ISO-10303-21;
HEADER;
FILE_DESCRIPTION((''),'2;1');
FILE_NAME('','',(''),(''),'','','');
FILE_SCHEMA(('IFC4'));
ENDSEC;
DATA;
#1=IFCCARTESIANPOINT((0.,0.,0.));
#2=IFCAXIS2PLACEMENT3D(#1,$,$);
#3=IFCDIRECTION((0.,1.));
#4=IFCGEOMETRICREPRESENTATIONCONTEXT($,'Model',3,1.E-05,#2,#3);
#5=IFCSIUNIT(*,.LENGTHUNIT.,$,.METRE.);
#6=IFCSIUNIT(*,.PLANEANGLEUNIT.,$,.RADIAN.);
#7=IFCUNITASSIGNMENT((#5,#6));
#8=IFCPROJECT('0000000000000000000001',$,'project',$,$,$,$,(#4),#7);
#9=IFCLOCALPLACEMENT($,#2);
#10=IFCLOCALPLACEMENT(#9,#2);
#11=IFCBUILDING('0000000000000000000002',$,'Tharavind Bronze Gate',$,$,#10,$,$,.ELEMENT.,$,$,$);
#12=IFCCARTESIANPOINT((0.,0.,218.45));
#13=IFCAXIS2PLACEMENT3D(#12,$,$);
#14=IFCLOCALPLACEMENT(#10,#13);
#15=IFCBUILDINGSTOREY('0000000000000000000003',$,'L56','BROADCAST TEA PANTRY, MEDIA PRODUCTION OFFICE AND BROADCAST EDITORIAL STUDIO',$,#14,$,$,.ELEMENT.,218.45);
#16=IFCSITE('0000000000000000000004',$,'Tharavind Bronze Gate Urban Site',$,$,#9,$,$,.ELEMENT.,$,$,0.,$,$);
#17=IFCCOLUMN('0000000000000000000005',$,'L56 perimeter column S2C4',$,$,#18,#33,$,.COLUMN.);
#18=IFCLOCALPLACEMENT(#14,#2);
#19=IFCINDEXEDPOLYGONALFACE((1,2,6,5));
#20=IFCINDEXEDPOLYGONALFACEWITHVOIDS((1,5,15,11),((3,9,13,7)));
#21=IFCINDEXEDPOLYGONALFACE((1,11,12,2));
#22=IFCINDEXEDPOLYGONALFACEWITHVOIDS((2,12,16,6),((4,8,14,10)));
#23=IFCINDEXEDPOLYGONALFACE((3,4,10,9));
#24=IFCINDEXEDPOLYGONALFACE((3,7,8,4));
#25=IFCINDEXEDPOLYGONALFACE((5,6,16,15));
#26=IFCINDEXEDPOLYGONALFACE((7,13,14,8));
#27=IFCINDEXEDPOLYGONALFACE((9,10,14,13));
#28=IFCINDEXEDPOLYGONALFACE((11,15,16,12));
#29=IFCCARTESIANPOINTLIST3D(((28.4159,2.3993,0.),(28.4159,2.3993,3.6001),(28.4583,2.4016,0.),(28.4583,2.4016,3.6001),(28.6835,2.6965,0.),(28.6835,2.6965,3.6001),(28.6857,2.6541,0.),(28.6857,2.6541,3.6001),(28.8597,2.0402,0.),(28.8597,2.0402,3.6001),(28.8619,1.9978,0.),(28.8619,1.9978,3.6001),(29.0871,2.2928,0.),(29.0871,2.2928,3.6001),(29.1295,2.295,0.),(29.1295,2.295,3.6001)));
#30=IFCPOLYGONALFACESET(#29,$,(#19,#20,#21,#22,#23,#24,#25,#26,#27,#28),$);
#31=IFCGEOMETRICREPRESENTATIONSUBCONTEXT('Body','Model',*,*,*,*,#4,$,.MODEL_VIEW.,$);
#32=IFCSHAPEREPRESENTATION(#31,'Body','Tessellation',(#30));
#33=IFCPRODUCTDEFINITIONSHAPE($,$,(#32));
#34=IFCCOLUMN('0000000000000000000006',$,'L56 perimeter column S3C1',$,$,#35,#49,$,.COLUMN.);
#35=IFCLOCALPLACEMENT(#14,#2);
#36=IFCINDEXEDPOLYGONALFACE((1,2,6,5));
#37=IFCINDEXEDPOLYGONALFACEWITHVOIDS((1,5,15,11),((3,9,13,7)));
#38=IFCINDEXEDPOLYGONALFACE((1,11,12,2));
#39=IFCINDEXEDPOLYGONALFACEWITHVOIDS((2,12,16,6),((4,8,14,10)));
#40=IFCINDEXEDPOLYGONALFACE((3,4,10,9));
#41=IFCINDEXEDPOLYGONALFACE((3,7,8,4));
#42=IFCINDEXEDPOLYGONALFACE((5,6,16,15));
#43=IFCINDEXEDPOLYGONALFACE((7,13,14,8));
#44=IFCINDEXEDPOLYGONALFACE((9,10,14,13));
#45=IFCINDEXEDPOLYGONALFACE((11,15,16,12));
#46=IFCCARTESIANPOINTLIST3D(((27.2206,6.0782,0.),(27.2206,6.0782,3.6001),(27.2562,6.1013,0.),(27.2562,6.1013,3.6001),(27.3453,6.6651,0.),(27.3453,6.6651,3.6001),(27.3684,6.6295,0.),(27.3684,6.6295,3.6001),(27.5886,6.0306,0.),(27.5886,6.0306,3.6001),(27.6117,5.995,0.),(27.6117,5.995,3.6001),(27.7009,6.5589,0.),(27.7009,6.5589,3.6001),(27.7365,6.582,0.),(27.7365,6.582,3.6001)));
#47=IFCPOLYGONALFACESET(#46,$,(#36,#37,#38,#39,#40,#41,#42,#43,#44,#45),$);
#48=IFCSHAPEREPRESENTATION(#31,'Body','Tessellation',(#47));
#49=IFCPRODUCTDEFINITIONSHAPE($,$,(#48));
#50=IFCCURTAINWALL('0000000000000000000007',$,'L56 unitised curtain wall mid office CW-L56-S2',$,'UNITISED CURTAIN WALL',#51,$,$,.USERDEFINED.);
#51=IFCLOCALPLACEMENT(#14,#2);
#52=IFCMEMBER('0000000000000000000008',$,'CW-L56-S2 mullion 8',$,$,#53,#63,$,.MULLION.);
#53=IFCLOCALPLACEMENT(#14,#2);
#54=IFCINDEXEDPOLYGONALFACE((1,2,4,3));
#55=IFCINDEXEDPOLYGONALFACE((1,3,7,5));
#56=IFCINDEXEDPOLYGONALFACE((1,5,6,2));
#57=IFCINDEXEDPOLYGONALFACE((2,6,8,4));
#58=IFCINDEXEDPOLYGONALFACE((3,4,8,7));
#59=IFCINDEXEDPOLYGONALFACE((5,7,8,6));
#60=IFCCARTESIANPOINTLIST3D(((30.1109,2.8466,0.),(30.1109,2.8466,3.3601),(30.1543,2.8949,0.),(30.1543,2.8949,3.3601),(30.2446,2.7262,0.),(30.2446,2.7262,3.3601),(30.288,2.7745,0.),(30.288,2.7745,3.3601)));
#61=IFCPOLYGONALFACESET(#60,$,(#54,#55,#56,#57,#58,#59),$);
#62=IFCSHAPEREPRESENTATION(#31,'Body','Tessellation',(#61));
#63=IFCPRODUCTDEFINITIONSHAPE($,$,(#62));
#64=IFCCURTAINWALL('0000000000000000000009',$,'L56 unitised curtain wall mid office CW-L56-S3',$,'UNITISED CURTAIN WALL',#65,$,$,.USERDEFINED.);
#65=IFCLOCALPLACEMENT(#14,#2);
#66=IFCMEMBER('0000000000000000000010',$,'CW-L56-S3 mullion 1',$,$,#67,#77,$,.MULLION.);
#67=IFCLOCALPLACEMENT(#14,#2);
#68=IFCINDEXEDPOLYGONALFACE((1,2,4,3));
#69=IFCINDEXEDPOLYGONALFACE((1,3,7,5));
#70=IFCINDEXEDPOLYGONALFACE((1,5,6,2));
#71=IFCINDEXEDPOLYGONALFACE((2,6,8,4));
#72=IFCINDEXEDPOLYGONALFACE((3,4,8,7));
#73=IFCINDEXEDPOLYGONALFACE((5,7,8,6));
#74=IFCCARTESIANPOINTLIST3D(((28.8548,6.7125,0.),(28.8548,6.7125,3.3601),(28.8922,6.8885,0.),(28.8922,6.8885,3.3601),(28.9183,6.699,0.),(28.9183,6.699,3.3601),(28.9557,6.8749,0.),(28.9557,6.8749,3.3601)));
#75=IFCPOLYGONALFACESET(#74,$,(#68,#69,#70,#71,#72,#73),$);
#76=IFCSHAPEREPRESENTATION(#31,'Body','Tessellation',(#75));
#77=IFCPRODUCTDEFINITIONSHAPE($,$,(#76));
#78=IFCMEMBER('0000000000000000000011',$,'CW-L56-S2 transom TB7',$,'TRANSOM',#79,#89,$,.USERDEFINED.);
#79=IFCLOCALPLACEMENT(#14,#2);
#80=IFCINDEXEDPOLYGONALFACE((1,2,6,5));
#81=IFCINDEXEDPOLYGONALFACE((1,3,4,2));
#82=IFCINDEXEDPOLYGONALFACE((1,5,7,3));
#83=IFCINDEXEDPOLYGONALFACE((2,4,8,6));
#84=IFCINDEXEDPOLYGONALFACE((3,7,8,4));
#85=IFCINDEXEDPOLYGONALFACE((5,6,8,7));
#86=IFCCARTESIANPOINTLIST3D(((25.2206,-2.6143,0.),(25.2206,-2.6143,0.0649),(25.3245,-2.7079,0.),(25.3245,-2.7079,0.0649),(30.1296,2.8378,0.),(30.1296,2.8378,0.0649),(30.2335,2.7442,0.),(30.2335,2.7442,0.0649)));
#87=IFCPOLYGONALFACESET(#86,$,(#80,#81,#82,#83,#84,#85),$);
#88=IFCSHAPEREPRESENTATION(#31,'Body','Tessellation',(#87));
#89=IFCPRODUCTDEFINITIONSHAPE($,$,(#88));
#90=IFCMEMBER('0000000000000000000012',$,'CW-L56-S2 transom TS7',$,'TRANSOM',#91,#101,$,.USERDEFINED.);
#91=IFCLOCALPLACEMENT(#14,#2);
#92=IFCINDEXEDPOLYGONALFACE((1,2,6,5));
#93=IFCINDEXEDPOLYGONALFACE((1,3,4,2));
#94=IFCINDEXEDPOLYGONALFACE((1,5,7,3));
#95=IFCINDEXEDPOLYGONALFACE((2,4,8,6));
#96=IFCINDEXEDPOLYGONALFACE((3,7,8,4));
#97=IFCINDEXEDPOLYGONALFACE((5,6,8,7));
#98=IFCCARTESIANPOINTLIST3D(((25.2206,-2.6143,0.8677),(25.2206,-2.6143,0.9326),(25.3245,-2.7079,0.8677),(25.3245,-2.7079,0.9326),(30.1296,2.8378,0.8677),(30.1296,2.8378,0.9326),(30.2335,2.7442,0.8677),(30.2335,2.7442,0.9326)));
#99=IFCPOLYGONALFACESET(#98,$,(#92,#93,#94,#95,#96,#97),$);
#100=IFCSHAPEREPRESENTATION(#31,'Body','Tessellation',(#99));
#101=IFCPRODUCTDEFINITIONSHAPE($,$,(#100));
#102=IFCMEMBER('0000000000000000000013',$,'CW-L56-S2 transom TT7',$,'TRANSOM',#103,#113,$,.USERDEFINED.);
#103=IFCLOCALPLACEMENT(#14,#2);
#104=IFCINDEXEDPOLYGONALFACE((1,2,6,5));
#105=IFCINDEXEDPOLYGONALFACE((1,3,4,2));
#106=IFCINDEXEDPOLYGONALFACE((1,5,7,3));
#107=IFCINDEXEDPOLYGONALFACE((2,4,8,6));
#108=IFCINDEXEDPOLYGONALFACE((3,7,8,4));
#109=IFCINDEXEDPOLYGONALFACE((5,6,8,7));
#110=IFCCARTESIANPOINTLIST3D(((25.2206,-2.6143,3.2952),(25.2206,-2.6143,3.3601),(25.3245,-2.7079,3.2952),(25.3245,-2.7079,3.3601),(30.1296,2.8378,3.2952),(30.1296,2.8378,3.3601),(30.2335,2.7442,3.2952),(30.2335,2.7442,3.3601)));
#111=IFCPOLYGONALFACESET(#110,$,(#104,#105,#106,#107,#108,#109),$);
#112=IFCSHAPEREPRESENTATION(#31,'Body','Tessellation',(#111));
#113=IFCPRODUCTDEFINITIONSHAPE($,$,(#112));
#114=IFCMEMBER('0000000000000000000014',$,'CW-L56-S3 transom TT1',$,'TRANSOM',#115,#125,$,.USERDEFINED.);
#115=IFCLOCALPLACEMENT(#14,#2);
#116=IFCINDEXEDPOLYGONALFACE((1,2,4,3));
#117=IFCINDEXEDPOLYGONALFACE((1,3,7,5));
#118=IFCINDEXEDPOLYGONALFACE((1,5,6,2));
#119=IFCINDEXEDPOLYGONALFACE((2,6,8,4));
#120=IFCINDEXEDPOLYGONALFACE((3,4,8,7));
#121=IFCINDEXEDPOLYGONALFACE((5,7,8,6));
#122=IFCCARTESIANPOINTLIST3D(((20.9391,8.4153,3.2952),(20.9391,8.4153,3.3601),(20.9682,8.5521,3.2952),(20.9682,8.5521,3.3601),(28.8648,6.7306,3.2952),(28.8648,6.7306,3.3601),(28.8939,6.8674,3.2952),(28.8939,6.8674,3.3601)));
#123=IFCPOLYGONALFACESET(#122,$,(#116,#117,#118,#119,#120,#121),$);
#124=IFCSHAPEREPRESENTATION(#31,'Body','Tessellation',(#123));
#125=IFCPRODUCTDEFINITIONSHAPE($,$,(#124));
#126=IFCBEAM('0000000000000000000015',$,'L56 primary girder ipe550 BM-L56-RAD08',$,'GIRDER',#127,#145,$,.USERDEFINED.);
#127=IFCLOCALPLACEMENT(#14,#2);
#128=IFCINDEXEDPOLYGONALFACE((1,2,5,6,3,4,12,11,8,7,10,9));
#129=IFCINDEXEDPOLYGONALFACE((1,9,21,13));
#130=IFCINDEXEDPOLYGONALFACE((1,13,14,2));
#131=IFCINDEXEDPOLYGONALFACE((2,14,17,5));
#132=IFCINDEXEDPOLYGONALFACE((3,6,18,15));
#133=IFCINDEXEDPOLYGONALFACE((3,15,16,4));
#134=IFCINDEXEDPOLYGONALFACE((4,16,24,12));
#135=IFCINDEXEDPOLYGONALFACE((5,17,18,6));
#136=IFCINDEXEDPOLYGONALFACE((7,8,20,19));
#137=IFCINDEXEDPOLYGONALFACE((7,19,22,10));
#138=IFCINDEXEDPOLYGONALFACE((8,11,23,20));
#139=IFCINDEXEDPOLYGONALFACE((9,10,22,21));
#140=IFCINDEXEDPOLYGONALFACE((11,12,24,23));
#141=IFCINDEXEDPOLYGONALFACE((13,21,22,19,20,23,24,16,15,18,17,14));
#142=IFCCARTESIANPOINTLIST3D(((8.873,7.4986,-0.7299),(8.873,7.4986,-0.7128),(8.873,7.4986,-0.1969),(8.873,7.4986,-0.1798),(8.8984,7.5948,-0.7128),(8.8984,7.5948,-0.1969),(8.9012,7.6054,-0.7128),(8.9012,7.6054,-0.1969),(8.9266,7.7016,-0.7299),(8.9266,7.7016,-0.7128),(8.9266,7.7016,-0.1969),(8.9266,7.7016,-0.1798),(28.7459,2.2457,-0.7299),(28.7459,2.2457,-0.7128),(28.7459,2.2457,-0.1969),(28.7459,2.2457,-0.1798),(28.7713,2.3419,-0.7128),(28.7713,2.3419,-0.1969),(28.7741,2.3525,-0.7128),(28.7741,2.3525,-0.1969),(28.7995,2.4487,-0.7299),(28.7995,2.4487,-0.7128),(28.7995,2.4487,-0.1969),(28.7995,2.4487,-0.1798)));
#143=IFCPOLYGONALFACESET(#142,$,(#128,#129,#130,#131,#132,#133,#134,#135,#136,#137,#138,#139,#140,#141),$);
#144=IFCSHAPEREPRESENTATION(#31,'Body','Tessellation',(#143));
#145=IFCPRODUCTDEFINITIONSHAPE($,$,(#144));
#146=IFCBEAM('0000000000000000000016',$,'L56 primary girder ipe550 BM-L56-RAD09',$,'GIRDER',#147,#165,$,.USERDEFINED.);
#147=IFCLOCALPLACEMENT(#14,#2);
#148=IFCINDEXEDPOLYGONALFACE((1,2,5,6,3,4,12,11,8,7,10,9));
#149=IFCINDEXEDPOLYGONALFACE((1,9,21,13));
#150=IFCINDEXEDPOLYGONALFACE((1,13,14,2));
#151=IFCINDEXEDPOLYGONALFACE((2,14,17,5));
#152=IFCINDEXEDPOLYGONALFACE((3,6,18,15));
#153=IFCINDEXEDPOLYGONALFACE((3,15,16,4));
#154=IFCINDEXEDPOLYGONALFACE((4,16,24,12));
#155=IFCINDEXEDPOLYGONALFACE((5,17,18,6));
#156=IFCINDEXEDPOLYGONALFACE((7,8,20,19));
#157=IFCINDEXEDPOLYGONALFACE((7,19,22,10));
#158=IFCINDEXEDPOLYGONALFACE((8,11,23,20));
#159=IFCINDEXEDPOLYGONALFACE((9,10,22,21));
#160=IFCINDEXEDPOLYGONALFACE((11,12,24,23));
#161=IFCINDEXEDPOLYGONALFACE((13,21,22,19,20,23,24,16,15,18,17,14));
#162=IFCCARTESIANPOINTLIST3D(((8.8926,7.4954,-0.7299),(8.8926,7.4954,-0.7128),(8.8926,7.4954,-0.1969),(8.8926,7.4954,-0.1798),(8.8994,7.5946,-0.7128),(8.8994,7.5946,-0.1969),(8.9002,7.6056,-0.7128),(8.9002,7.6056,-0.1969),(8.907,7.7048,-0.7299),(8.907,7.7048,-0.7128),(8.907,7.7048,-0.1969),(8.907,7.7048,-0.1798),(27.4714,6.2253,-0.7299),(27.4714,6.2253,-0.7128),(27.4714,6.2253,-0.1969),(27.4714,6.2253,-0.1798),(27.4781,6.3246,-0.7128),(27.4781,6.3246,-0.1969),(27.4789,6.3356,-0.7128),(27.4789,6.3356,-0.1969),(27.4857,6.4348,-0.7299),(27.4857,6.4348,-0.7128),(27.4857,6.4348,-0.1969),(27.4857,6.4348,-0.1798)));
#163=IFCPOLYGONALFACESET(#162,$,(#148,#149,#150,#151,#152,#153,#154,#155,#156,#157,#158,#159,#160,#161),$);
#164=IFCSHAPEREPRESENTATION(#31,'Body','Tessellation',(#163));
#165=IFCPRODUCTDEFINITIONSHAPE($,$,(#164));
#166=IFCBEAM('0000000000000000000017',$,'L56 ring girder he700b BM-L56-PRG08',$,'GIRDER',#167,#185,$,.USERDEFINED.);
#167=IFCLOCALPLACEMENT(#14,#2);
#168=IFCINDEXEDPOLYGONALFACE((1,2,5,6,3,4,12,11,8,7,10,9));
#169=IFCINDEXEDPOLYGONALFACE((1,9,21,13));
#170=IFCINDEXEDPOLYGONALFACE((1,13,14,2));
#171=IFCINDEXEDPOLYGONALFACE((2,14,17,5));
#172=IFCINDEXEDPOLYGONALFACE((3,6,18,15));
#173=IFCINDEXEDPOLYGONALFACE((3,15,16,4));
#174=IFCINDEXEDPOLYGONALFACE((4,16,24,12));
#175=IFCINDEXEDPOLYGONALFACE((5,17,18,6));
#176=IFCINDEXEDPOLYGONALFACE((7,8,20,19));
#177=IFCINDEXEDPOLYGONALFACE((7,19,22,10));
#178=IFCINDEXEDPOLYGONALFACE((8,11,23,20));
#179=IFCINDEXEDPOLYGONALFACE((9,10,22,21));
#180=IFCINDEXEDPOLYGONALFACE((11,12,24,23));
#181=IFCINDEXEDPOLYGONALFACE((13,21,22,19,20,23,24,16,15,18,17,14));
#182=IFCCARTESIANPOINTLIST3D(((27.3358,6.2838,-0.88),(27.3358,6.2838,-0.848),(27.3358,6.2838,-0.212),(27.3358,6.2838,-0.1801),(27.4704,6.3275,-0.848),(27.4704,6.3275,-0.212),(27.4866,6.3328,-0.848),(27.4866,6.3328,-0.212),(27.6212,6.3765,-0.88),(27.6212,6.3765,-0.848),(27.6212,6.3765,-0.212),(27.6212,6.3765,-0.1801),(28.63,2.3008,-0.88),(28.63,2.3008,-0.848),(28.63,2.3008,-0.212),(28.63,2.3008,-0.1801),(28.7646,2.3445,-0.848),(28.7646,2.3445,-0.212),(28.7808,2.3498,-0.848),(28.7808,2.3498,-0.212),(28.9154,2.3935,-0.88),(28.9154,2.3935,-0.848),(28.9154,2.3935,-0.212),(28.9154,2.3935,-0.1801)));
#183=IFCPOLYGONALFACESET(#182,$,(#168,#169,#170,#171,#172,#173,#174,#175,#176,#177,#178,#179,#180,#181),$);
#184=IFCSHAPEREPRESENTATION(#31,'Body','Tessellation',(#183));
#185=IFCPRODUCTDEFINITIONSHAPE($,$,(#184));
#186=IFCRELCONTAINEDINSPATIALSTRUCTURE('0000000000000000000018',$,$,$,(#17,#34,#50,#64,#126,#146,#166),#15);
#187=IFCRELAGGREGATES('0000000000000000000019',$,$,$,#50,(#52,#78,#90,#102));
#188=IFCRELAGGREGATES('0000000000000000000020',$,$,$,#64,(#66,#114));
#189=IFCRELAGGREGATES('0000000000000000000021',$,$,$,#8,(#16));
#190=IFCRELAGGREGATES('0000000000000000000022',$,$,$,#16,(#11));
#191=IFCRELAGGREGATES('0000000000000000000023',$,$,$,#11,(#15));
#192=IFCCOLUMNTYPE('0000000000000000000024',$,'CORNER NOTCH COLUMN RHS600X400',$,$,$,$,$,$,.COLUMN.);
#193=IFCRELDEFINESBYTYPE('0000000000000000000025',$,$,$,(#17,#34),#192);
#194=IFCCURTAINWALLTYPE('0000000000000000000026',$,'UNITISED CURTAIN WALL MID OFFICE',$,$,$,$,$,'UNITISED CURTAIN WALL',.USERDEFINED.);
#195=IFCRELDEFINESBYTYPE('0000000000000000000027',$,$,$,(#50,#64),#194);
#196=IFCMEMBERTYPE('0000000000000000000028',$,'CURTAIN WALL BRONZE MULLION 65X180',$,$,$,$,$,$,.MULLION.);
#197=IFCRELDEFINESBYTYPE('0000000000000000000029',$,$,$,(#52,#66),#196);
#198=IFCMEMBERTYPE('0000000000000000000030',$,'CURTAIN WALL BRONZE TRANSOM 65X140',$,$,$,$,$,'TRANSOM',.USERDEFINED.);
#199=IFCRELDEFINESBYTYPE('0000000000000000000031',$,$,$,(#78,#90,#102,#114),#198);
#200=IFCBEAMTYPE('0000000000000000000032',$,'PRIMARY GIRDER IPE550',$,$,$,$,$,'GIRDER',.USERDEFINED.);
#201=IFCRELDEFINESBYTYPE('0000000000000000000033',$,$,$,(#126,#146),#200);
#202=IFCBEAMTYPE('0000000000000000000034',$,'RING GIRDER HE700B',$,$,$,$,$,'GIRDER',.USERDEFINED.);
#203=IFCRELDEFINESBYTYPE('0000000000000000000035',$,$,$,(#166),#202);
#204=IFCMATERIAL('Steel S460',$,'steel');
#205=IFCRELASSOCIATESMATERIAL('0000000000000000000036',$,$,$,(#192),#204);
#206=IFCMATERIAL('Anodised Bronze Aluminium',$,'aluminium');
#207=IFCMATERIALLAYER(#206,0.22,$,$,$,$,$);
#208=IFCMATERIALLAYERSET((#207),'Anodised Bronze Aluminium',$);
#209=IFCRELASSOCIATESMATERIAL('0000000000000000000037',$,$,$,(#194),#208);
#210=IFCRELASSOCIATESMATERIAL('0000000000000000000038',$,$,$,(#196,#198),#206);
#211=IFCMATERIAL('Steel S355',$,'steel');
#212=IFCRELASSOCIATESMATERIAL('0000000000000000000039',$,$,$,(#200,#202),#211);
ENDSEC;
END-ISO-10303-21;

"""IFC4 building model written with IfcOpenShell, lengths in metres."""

from ifc_helpers import new_model, si_unit, direction, frame, origin, origin_2d, place, context, subcontext, project, spatial, rectangle, hollow_rectangle, i_section, extrude, material, layer, layer_set, material_profile, profile_set, type_object, element, aggregate, save


model = new_model("IFC4")

# Units and contexts
model_context = context("Model", 3, precision=1e-05, world=origin(), true_north=direction((0.0, 1.0)))
body_context = subcontext(model_context, "Body", "Model", "MODEL_VIEW")
ifc_project = project(units=[si_unit("LENGTHUNIT", "METRE"), si_unit("PLANEANGLEUNIT", "RADIAN")], contexts=[model_context])

# Site, building, storey
site_placement = place(None, origin())
site = spatial("IfcSite", under=ifc_project, at=site_placement, Name="Tharavind Bronze Gate Urban Site", CompositionType="ELEMENT", RefElevation=0.0)
building_placement = place(site_placement, origin())
building = spatial("IfcBuilding", under=site, at=building_placement, Name="Tharavind Bronze Gate", CompositionType="ELEMENT")
storey_placement = place(building_placement, frame((0.0, 0.0, 218.45)))
storey = spatial("IfcBuildingStorey", under=building, at=storey_placement, Name="L56", Description="BROADCAST TEA PANTRY, MEDIA PRODUCTION OFFICE AND BROADCAST EDITORIAL STUDIO", CompositionType="ELEMENT", Elevation=218.45)

# Columns
ifc_material_1 = material(Name="Steel S460", Category="steel")
ifc_material_profile_1 = material_profile(ifc_material_1, hollow_rectangle(XDim=0.3999, YDim=0.6001, WallThickness=0.03, at=origin_2d()), Name="RHS600X400X30")
ifc_profile_set_1 = profile_set([ifc_material_profile_1], Name="Steel S460")
column_type = type_object("IfcColumnType", Name="CORNER NOTCH COLUMN RHS600X400", PredefinedType="COLUMN", material=ifc_profile_set_1)
for number, where, z_axis, x_axis, name in (
    (1, (28.7727, 2.3472, 0.0), (0.0, 0.0, 1.0), (0.669131, 0.743145, 0.0), "L56 perimeter column S2C4"),
    (2, (27.4785, 6.3301, 0.0), (0.0, 0.0, 1.0), (-0.978148, 0.207912, 0.0), "L56 perimeter column S3C1"),
):
    element("IfcColumn", number, at=place(storey_placement, frame(where, z_axis=z_axis, x_axis=x_axis)), inside=storey, type_object=column_type, Name=name, PredefinedType="COLUMN", context=body_context, shape_type="SweptSolid", body=[
        extrude(hollow_rectangle(XDim=0.3999, YDim=0.6001, WallThickness=0.03, at=origin_2d()), origin(), (0.0, 0.0, 1.0), 3.6001),
    ])

# Curtain walls, members
ifc_material_2 = material(Name="Anodised Bronze Aluminium", Category="aluminium")
ifc_layer_1 = layer(ifc_material_2, 0.22)
ifc_layer_set_1 = layer_set([ifc_layer_1], Name="Anodised Bronze Aluminium")
curtain_wall_type = type_object("IfcCurtainWallType", Name="UNITISED CURTAIN WALL MID OFFICE", ElementType="UNITISED CURTAIN WALL", PredefinedType="USERDEFINED", material=ifc_layer_set_1)
curtain_wall_1_placement = place(storey_placement, origin())
curtain_wall_1 = element("IfcCurtainWall", 3, at=curtain_wall_1_placement, inside=storey, type_object=curtain_wall_type, Name="L56 unitised curtain wall mid office CW-L56-S2", ObjectType="UNITISED CURTAIN WALL", PredefinedType="USERDEFINED")
member_type_1 = type_object("IfcMemberType", Name="CURTAIN WALL BRONZE MULLION 65X180", PredefinedType="MULLION", material=ifc_material_2)
member_1_placement = place(storey_placement, frame((30.1995, 2.8105, 0.0), z_axis=(0.0, 0.0, 1.0), x_axis=(0.669131, 0.743145, 0.0)))
member_1 = element("IfcMember", 4, at=member_1_placement, type_object=member_type_1, Name="CW-L56-S2 mullion 8", PredefinedType="MULLION", context=body_context, shape_type="SweptSolid", body=[
    extrude(rectangle(XDim=0.0649, YDim=0.1799, at=origin_2d()), origin(), (0.0, 0.0, 1.0), 3.3601),
])
curtain_wall_2_placement = place(storey_placement, origin())
curtain_wall_2 = element("IfcCurtainWall", 5, at=curtain_wall_2_placement, inside=storey, type_object=curtain_wall_type, Name="L56 unitised curtain wall mid office CW-L56-S3", ObjectType="UNITISED CURTAIN WALL", PredefinedType="USERDEFINED")
member_2_placement = place(storey_placement, frame((28.9053, 6.7937, 0.0), z_axis=(0.0, 0.0, 1.0), x_axis=(-0.978148, 0.207912, 0.0)))
member_2 = element("IfcMember", 6, at=member_2_placement, type_object=member_type_1, Name="CW-L56-S3 mullion 1", PredefinedType="MULLION", context=body_context, shape_type="SweptSolid", body=[
    extrude(rectangle(XDim=0.0649, YDim=0.1799, at=origin_2d()), origin(), (0.0, 0.0, 1.0), 3.3601),
])

# Members
member_type_2 = type_object("IfcMemberType", Name="CURTAIN WALL BRONZE TRANSOM 65X140", ElementType="TRANSOM", PredefinedType="USERDEFINED", material=ifc_material_2)
member_3_placement = place(storey_placement, frame((27.7271, 0.0649, 0.0), z_axis=(0.0, 0.0, 1.0), x_axis=(0.669131, 0.743145, 0.0)))
member_3 = element("IfcMember", 7, at=member_3_placement, type_object=member_type_2, Name="CW-L56-S2 transom TB7", ObjectType="TRANSOM", PredefinedType="USERDEFINED", context=body_context, shape_type="SweptSolid", body=[
    extrude(rectangle(XDim=7.3364, YDim=0.1399, at=origin_2d()), origin(), (0.0, 0.0, 1.0), 0.0649),
])
member_4_placement = place(storey_placement, frame((27.7271, 0.0649, 0.8677), z_axis=(0.0, 0.0, 1.0), x_axis=(0.669131, 0.743145, 0.0)))
member_4 = element("IfcMember", 8, at=member_4_placement, type_object=member_type_2, Name="CW-L56-S2 transom TS7", ObjectType="TRANSOM", PredefinedType="USERDEFINED", context=body_context, shape_type="SweptSolid", body=[
    extrude(rectangle(XDim=7.3364, YDim=0.1399, at=origin_2d()), origin(), (0.0, 0.0, 1.0), 0.0649),
])
member_5_placement = place(storey_placement, frame((27.7271, 0.0649, 3.2952), z_axis=(0.0, 0.0, 1.0), x_axis=(0.669131, 0.743145, 0.0)))
member_5 = element("IfcMember", 9, at=member_5_placement, type_object=member_type_2, Name="CW-L56-S2 transom TT7", ObjectType="TRANSOM", PredefinedType="USERDEFINED", context=body_context, shape_type="SweptSolid", body=[
    extrude(rectangle(XDim=7.3364, YDim=0.1399, at=origin_2d()), origin(), (0.0, 0.0, 1.0), 0.0649),
])
member_6_placement = place(storey_placement, frame((24.9165, 7.6414, 3.2952), z_axis=(0.0, 0.0, 1.0), x_axis=(-0.978148, 0.207912, 0.0)))
member_6 = element("IfcMember", 10, at=member_6_placement, type_object=member_type_2, Name="CW-L56-S3 transom TT1", ObjectType="TRANSOM", PredefinedType="USERDEFINED", context=body_context, shape_type="SweptSolid", body=[
    extrude(rectangle(XDim=8.1028, YDim=0.1399, at=origin_2d()), origin(), (0.0, 0.0, 1.0), 0.0649),
])

# Beams
ifc_material_3 = material(Name="Steel S355", Category="steel")
ifc_material_profile_2 = material_profile(ifc_material_3, i_section(OverallWidth=0.21, OverallDepth=0.55, WebThickness=0.011, FlangeThickness=0.0171, at=origin_2d()), Name="IPE550")
ifc_profile_set_2 = profile_set([ifc_material_profile_2], Name="Steel S355")
beam_type_1 = type_object("IfcBeamType", Name="PRIMARY GIRDER IPE550", ElementType="GIRDER", PredefinedType="USERDEFINED", material=ifc_profile_set_2)
beam_1_placement = place(storey_placement, frame((28.7727, 2.3472, -0.4548), z_axis=(-0.966796, 0.255551, 0.0), x_axis=(-0.255551, -0.966796, 0.0)))
element("IfcBeam", 11, at=beam_1_placement, inside=storey, type_object=beam_type_1, Name="L56 primary girder ipe550 BM-L56-RAD08", ObjectType="GIRDER", PredefinedType="USERDEFINED", context=body_context, shape_type="SweptSolid", body=[
    extrude(i_section(OverallWidth=0.21, OverallDepth=0.55, WebThickness=0.011, FlangeThickness=0.0171, at=origin_2d()), origin(), (0.0, 0.0, 1.0), 20.5554),
])
beam_2_placement = place(storey_placement, frame((27.4785, 6.3301, -0.4548), z_axis=(-0.997672, 0.0682, 0.0), x_axis=(-0.0682, -0.997672, 0.0)))
element("IfcBeam", 12, at=beam_2_placement, inside=storey, type_object=beam_type_1, Name="L56 primary girder ipe550 BM-L56-RAD09", ObjectType="GIRDER", PredefinedType="USERDEFINED", context=body_context, shape_type="SweptSolid", body=[
    extrude(i_section(OverallWidth=0.21, OverallDepth=0.55, WebThickness=0.011, FlangeThickness=0.0171, at=origin_2d()), origin(), (0.0, 0.0, 1.0), 18.6221),
])
ifc_material_profile_3 = material_profile(ifc_material_3, i_section(OverallWidth=0.3, OverallDepth=0.7, WebThickness=0.0171, FlangeThickness=0.032, at=origin_2d()), Name="HE700B")
ifc_profile_set_3 = profile_set([ifc_material_profile_3], Name="Steel S355")
beam_type_2 = type_object("IfcBeamType", Name="RING GIRDER HE700B", ElementType="GIRDER", PredefinedType="USERDEFINED", material=ifc_profile_set_3)
beam_3_placement = place(storey_placement, frame((28.7727, 2.3472, -0.53), z_axis=(-0.309031, 0.951052, 0.0), x_axis=(-0.951052, -0.309031, 0.0)))
element("IfcBeam", 13, at=beam_3_placement, inside=storey, type_object=beam_type_2, Name="L56 ring girder he700b BM-L56-PRG08", ObjectType="GIRDER", PredefinedType="USERDEFINED", context=body_context, shape_type="SweptSolid", body=[
    extrude(i_section(OverallWidth=0.3, OverallDepth=0.7, WebThickness=0.0171, FlangeThickness=0.032, at=origin_2d()), origin(), (0.0, 0.0, 1.0), 4.188),
])

aggregate(curtain_wall_1, [member_1, member_3, member_4, member_5])
aggregate(curtain_wall_2, [member_2, member_6])

save(model, "model.ifc")
